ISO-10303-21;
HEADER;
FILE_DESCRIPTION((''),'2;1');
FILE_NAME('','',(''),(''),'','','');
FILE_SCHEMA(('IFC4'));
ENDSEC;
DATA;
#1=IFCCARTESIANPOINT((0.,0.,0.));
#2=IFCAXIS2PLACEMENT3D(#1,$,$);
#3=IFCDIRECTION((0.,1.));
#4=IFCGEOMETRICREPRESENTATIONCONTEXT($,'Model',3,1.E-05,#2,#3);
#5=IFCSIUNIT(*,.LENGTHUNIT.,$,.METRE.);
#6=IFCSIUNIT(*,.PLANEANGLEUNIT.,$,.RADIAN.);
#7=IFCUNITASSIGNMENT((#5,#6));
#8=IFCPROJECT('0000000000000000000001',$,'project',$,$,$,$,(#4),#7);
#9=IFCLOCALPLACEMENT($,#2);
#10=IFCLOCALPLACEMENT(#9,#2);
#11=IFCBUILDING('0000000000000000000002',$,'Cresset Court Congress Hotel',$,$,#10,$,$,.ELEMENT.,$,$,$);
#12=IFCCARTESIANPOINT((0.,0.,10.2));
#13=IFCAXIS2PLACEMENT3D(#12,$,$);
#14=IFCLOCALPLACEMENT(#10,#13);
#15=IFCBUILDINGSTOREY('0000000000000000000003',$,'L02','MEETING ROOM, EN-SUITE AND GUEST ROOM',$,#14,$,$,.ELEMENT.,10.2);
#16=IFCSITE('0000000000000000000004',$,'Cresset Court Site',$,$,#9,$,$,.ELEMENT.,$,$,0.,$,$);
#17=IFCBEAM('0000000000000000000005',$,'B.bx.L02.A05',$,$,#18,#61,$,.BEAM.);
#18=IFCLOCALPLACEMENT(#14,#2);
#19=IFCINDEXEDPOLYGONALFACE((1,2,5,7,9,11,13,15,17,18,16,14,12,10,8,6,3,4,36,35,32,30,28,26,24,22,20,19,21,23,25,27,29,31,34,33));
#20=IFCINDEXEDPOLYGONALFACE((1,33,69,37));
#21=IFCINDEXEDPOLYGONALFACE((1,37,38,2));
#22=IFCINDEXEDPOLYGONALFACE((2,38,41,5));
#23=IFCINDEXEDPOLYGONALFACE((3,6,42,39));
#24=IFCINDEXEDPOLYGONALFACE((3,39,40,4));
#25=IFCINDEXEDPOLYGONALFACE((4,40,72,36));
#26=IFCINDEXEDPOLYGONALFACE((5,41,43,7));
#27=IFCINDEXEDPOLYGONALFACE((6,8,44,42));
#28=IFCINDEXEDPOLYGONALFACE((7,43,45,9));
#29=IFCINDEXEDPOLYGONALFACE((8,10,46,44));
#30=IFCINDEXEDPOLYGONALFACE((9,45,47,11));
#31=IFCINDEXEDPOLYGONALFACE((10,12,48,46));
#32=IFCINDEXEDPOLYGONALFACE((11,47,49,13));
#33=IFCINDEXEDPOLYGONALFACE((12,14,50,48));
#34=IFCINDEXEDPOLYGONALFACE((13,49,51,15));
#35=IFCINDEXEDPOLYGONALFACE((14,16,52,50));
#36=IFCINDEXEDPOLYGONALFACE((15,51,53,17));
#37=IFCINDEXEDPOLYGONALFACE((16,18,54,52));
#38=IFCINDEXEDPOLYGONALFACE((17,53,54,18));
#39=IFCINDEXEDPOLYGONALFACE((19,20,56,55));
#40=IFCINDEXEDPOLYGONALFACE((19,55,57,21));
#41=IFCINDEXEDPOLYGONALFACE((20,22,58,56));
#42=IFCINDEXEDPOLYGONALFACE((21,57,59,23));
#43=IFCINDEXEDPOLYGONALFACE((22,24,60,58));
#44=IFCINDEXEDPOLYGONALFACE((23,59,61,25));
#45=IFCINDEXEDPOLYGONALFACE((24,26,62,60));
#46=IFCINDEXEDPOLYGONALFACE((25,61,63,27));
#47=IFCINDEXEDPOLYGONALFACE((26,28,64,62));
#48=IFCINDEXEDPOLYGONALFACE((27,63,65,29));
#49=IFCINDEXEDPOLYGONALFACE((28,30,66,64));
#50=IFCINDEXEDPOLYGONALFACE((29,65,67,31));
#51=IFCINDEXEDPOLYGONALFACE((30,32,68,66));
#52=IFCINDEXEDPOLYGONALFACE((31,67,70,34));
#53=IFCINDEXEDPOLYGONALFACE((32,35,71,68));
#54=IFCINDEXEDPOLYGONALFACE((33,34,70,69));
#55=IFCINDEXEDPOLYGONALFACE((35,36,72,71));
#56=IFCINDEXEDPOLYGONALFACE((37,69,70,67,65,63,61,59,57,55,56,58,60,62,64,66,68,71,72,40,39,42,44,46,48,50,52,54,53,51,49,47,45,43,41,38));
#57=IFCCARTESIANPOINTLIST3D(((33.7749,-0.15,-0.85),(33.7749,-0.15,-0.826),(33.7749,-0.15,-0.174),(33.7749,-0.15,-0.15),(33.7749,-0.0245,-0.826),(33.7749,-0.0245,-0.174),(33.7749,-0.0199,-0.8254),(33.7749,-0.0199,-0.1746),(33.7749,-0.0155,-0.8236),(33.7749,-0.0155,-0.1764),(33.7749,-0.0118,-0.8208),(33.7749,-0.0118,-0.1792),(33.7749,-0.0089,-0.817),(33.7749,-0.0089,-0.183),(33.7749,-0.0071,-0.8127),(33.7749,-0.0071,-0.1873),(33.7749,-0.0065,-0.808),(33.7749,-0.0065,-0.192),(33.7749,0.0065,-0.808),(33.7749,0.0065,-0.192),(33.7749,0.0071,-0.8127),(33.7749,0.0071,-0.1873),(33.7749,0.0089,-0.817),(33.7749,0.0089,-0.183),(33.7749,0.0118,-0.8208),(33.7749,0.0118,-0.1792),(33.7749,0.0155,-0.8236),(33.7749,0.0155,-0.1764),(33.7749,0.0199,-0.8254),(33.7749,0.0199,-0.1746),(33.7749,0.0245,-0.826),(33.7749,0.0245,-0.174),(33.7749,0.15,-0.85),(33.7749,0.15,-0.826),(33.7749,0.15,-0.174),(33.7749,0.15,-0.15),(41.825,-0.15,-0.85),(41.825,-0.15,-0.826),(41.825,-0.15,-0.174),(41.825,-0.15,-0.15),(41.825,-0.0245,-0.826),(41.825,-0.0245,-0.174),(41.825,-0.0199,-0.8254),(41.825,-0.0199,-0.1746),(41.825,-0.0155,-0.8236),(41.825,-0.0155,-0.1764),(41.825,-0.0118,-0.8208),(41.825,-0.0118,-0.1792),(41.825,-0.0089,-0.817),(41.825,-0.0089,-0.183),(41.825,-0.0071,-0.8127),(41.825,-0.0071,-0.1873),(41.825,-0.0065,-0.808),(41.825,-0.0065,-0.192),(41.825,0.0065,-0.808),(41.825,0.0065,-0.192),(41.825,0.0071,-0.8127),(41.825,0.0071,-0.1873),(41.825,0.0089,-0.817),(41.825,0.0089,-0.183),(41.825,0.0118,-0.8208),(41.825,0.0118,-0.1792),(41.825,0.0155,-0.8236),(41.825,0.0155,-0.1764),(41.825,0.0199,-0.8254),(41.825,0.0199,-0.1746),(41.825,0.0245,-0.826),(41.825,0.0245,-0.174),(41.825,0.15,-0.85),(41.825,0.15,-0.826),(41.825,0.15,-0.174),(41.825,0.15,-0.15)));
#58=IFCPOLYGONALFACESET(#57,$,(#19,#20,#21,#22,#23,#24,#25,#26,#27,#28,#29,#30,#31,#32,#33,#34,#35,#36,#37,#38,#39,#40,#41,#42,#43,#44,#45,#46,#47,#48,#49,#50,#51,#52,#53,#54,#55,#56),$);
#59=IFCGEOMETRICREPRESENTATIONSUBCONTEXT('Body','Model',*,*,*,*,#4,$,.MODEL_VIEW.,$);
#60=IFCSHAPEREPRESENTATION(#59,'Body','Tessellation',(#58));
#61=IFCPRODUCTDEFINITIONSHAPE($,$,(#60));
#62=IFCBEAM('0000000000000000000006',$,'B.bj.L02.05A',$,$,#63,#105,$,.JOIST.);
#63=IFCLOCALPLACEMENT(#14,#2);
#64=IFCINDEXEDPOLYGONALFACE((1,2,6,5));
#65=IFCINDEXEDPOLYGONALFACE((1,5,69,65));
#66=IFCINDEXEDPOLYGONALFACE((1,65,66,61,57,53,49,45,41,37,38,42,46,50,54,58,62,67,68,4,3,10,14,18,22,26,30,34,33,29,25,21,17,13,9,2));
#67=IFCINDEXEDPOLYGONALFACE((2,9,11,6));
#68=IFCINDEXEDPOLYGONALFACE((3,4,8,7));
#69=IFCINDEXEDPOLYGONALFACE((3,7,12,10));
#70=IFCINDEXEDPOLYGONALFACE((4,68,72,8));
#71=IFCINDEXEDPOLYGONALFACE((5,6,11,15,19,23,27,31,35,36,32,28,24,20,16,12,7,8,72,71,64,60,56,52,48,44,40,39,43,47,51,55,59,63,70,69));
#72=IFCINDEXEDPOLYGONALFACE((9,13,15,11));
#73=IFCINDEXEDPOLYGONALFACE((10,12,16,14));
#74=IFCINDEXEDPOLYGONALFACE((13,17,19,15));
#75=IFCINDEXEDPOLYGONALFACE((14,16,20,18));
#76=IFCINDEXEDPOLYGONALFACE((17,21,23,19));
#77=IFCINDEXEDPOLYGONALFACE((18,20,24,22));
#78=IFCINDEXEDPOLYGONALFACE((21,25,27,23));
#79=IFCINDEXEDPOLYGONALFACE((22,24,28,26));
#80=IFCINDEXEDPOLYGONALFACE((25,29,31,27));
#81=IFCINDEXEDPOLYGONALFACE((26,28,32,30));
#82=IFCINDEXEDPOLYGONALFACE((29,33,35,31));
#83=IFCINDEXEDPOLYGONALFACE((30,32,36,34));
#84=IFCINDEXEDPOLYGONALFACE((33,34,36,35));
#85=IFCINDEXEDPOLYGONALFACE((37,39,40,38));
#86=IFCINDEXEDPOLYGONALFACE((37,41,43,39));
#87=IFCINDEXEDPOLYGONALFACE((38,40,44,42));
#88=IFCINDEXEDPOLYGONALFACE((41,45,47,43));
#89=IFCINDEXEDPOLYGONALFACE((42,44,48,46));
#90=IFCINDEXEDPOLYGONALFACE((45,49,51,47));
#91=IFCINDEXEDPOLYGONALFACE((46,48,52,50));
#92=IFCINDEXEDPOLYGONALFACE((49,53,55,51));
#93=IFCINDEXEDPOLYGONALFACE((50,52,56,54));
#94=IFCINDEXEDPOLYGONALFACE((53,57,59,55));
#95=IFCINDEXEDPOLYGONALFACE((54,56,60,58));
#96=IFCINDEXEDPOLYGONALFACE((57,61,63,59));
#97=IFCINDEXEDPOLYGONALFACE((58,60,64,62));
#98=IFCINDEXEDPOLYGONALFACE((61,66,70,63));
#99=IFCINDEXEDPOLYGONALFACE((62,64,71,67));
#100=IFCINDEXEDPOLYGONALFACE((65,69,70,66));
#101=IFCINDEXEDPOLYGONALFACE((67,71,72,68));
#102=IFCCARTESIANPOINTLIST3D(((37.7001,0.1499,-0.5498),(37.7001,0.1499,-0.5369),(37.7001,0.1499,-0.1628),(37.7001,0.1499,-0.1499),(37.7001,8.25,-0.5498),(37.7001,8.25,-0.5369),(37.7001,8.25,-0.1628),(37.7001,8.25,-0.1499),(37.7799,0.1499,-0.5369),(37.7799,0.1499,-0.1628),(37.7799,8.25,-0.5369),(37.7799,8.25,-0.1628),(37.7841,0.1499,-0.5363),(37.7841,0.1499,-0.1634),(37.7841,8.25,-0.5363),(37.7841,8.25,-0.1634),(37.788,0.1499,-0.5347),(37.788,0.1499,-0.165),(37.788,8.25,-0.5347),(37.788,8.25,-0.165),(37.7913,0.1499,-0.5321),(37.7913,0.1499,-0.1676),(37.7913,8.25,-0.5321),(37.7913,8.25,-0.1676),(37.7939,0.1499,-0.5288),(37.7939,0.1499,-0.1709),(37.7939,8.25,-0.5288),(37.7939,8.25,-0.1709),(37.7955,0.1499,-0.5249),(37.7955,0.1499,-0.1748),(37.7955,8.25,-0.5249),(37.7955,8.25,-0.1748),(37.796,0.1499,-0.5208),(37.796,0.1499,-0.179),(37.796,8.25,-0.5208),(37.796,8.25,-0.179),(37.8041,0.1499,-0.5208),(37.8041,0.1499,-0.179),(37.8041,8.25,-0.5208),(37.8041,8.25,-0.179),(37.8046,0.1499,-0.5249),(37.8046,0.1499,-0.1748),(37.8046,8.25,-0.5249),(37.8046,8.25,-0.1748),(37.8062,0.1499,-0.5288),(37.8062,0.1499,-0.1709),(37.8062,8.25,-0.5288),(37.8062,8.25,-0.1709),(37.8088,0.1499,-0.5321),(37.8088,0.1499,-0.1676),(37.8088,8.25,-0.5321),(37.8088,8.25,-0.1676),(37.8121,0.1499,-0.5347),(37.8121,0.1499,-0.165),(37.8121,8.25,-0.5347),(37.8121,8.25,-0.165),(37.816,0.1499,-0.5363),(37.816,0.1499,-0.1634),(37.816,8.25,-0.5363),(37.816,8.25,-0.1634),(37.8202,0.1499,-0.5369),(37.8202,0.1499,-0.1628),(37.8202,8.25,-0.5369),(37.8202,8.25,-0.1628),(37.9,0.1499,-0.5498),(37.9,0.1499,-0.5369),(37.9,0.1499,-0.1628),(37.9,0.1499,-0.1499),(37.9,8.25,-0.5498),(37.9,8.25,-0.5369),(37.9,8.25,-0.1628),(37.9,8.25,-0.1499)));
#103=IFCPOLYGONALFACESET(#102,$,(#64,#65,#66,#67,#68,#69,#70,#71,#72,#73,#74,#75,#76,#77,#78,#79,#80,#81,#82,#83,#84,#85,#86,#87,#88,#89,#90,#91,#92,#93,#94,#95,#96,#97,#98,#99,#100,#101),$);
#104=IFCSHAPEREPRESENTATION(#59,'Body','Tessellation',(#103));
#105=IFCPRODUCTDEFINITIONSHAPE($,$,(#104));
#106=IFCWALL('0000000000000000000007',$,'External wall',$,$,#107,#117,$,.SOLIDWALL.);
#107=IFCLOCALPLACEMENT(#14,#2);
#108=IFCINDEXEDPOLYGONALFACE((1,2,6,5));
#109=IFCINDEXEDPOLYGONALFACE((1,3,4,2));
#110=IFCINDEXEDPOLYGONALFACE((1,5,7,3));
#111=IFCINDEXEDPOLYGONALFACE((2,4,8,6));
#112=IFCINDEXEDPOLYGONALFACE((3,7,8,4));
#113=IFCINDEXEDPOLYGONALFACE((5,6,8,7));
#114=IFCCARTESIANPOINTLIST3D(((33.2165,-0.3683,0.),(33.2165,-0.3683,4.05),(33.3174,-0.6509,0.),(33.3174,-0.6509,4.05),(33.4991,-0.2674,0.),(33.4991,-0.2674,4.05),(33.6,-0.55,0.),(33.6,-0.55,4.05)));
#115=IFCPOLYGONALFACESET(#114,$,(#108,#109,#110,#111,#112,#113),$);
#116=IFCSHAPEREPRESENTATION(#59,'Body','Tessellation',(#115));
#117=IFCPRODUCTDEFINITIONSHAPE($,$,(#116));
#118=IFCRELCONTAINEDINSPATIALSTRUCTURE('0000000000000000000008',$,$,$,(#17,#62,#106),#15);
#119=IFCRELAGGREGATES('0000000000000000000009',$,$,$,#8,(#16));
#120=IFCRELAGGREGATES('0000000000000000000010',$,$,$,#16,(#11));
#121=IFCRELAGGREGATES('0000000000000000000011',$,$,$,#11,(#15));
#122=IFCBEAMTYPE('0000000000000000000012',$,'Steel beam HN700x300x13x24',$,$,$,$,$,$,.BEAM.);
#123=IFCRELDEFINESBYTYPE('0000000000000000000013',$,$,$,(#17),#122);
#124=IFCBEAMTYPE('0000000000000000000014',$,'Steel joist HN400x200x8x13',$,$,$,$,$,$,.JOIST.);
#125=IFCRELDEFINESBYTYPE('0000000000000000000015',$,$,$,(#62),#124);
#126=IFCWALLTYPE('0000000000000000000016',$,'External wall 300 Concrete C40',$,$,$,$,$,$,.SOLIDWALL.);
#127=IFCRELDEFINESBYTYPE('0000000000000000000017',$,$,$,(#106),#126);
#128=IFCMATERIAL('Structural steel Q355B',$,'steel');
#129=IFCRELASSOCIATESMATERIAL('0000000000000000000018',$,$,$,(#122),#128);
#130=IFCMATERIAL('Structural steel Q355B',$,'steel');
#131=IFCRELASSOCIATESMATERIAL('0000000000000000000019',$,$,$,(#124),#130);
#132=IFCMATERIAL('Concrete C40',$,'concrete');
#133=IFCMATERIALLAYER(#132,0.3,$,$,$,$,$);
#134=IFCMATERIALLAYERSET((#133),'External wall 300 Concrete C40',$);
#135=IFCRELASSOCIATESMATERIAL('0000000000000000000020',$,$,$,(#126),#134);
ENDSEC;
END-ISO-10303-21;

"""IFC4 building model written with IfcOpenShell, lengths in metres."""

from ifc_helpers import new_model, si_unit, direction, frame, frame_2d, origin, origin_2d, place, context, subcontext, project, spatial, rectangle, i_section, extrude, material, layer, layer_set, material_profile, profile_set, type_object, element, save


model = new_model("IFC4")

# Units and contexts
model_context = context("Model", 3, precision=1e-05, world=origin(), true_north=direction((0.0, 1.0)))
body_context = subcontext(model_context, "Body", "Model", "MODEL_VIEW")
ifc_project = project(units=[si_unit("LENGTHUNIT", "METRE"), si_unit("PLANEANGLEUNIT", "RADIAN")], contexts=[model_context])

# Site, building, storey
site_placement = place(None, origin())
site = spatial("IfcSite", under=ifc_project, at=site_placement, Name="Cresset Court Site", CompositionType="ELEMENT", RefElevation=0.0)
building_placement = place(site_placement, origin())
building = spatial("IfcBuilding", under=site, at=building_placement, Name="Cresset Court Congress Hotel", CompositionType="ELEMENT")
storey_placement = place(building_placement, frame((0.0, 0.0, 10.2)))
storey = spatial("IfcBuildingStorey", under=building, at=storey_placement, Name="L02", Description="MEETING ROOM, EN-SUITE AND GUEST ROOM", CompositionType="ELEMENT", Elevation=10.2)

# Beams
ifc_material_1 = material(Name="Structural steel Q355B", Category="steel")
ifc_material_profile_1 = material_profile(ifc_material_1, i_section(OverallWidth=0.3, OverallDepth=0.7, WebThickness=0.0129, FlangeThickness=0.0239, FilletRadius=0.0181, at=origin_2d()), Name="HN700x300x13x24")
ifc_profile_set_1 = profile_set([ifc_material_profile_1], Name="Structural steel Q355B")
beam_type_1 = type_object("IfcBeamType", Name="Steel beam HN700x300x13x24", PredefinedType="BEAM", material=ifc_profile_set_1)
beam_1_placement = place(storey_placement, frame((33.7749, 0.0, -0.5), z_axis=(1.0, 0.0, 0.0), x_axis=(0.0, 1.0, 0.0)))
element("IfcBeam", 1, at=beam_1_placement, inside=storey, type_object=beam_type_1, Name="B.bx.L02.A05", PredefinedType="BEAM", context=body_context, shape_type="SweptSolid", body=[
    extrude(i_section(OverallWidth=0.3, OverallDepth=0.7, WebThickness=0.0129, FlangeThickness=0.0239, FilletRadius=0.0181, at=origin_2d()), origin(), (0.0, 0.0, 1.0), 8.05),
])
ifc_material_2 = material(Name="Structural steel Q355B", Category="steel")
ifc_material_profile_2 = material_profile(ifc_material_2, i_section(OverallWidth=0.2, OverallDepth=0.3999, WebThickness=0.0081, FlangeThickness=0.0129, FilletRadius=0.0161, at=origin_2d()), Name="HN400x200x8x13")
ifc_profile_set_2 = profile_set([ifc_material_profile_2], Name="Structural steel Q355B")
beam_type_2 = type_object("IfcBeamType", Name="Steel joist HN400x200x8x13", PredefinedType="JOIST", material=ifc_profile_set_2)
beam_2_placement = place(storey_placement, frame((37.8, 0.1499, -0.3499), z_axis=(0.0, 1.0, 0.0), x_axis=(-1.0, 0.0, 0.0)))
element("IfcBeam", 2, at=beam_2_placement, inside=storey, type_object=beam_type_2, Name="B.bj.L02.05A", PredefinedType="JOIST", context=body_context, shape_type="SweptSolid", body=[
    extrude(i_section(OverallWidth=0.2, OverallDepth=0.3999, WebThickness=0.0081, FlangeThickness=0.0129, FilletRadius=0.0161, at=origin_2d()), origin(), (0.0, 0.0, 1.0), 8.1001),
])

# Wall
ifc_material_3 = material(Name="Concrete C40", Category="concrete")
ifc_layer_1 = layer(ifc_material_3, 0.3)
ifc_layer_set_1 = layer_set([ifc_layer_1], Name="External wall 300 Concrete C40")
wall_type_1 = type_object("IfcWallType", Name="External wall 300 Concrete C40", PredefinedType="SOLIDWALL", material=ifc_layer_set_1)
wall_1_placement = place(storey_placement, frame((33.2671, -0.5095, 0.0), z_axis=(0.0, 0.0, 1.0), x_axis=(0.941797, 0.336182, 0.0)))
element("IfcWall", 3, at=wall_1_placement, inside=storey, type_object=wall_type_1, Name="External wall", PredefinedType="SOLIDWALL", context=body_context, shape_type="SweptSolid", body=[
    extrude(rectangle(XDim=0.3, YDim=0.3, at=frame_2d((0.1499, 0.0))), origin(), (0.0, 0.0, 1.0), 4.05),
])

save(model, "model.ifc")
